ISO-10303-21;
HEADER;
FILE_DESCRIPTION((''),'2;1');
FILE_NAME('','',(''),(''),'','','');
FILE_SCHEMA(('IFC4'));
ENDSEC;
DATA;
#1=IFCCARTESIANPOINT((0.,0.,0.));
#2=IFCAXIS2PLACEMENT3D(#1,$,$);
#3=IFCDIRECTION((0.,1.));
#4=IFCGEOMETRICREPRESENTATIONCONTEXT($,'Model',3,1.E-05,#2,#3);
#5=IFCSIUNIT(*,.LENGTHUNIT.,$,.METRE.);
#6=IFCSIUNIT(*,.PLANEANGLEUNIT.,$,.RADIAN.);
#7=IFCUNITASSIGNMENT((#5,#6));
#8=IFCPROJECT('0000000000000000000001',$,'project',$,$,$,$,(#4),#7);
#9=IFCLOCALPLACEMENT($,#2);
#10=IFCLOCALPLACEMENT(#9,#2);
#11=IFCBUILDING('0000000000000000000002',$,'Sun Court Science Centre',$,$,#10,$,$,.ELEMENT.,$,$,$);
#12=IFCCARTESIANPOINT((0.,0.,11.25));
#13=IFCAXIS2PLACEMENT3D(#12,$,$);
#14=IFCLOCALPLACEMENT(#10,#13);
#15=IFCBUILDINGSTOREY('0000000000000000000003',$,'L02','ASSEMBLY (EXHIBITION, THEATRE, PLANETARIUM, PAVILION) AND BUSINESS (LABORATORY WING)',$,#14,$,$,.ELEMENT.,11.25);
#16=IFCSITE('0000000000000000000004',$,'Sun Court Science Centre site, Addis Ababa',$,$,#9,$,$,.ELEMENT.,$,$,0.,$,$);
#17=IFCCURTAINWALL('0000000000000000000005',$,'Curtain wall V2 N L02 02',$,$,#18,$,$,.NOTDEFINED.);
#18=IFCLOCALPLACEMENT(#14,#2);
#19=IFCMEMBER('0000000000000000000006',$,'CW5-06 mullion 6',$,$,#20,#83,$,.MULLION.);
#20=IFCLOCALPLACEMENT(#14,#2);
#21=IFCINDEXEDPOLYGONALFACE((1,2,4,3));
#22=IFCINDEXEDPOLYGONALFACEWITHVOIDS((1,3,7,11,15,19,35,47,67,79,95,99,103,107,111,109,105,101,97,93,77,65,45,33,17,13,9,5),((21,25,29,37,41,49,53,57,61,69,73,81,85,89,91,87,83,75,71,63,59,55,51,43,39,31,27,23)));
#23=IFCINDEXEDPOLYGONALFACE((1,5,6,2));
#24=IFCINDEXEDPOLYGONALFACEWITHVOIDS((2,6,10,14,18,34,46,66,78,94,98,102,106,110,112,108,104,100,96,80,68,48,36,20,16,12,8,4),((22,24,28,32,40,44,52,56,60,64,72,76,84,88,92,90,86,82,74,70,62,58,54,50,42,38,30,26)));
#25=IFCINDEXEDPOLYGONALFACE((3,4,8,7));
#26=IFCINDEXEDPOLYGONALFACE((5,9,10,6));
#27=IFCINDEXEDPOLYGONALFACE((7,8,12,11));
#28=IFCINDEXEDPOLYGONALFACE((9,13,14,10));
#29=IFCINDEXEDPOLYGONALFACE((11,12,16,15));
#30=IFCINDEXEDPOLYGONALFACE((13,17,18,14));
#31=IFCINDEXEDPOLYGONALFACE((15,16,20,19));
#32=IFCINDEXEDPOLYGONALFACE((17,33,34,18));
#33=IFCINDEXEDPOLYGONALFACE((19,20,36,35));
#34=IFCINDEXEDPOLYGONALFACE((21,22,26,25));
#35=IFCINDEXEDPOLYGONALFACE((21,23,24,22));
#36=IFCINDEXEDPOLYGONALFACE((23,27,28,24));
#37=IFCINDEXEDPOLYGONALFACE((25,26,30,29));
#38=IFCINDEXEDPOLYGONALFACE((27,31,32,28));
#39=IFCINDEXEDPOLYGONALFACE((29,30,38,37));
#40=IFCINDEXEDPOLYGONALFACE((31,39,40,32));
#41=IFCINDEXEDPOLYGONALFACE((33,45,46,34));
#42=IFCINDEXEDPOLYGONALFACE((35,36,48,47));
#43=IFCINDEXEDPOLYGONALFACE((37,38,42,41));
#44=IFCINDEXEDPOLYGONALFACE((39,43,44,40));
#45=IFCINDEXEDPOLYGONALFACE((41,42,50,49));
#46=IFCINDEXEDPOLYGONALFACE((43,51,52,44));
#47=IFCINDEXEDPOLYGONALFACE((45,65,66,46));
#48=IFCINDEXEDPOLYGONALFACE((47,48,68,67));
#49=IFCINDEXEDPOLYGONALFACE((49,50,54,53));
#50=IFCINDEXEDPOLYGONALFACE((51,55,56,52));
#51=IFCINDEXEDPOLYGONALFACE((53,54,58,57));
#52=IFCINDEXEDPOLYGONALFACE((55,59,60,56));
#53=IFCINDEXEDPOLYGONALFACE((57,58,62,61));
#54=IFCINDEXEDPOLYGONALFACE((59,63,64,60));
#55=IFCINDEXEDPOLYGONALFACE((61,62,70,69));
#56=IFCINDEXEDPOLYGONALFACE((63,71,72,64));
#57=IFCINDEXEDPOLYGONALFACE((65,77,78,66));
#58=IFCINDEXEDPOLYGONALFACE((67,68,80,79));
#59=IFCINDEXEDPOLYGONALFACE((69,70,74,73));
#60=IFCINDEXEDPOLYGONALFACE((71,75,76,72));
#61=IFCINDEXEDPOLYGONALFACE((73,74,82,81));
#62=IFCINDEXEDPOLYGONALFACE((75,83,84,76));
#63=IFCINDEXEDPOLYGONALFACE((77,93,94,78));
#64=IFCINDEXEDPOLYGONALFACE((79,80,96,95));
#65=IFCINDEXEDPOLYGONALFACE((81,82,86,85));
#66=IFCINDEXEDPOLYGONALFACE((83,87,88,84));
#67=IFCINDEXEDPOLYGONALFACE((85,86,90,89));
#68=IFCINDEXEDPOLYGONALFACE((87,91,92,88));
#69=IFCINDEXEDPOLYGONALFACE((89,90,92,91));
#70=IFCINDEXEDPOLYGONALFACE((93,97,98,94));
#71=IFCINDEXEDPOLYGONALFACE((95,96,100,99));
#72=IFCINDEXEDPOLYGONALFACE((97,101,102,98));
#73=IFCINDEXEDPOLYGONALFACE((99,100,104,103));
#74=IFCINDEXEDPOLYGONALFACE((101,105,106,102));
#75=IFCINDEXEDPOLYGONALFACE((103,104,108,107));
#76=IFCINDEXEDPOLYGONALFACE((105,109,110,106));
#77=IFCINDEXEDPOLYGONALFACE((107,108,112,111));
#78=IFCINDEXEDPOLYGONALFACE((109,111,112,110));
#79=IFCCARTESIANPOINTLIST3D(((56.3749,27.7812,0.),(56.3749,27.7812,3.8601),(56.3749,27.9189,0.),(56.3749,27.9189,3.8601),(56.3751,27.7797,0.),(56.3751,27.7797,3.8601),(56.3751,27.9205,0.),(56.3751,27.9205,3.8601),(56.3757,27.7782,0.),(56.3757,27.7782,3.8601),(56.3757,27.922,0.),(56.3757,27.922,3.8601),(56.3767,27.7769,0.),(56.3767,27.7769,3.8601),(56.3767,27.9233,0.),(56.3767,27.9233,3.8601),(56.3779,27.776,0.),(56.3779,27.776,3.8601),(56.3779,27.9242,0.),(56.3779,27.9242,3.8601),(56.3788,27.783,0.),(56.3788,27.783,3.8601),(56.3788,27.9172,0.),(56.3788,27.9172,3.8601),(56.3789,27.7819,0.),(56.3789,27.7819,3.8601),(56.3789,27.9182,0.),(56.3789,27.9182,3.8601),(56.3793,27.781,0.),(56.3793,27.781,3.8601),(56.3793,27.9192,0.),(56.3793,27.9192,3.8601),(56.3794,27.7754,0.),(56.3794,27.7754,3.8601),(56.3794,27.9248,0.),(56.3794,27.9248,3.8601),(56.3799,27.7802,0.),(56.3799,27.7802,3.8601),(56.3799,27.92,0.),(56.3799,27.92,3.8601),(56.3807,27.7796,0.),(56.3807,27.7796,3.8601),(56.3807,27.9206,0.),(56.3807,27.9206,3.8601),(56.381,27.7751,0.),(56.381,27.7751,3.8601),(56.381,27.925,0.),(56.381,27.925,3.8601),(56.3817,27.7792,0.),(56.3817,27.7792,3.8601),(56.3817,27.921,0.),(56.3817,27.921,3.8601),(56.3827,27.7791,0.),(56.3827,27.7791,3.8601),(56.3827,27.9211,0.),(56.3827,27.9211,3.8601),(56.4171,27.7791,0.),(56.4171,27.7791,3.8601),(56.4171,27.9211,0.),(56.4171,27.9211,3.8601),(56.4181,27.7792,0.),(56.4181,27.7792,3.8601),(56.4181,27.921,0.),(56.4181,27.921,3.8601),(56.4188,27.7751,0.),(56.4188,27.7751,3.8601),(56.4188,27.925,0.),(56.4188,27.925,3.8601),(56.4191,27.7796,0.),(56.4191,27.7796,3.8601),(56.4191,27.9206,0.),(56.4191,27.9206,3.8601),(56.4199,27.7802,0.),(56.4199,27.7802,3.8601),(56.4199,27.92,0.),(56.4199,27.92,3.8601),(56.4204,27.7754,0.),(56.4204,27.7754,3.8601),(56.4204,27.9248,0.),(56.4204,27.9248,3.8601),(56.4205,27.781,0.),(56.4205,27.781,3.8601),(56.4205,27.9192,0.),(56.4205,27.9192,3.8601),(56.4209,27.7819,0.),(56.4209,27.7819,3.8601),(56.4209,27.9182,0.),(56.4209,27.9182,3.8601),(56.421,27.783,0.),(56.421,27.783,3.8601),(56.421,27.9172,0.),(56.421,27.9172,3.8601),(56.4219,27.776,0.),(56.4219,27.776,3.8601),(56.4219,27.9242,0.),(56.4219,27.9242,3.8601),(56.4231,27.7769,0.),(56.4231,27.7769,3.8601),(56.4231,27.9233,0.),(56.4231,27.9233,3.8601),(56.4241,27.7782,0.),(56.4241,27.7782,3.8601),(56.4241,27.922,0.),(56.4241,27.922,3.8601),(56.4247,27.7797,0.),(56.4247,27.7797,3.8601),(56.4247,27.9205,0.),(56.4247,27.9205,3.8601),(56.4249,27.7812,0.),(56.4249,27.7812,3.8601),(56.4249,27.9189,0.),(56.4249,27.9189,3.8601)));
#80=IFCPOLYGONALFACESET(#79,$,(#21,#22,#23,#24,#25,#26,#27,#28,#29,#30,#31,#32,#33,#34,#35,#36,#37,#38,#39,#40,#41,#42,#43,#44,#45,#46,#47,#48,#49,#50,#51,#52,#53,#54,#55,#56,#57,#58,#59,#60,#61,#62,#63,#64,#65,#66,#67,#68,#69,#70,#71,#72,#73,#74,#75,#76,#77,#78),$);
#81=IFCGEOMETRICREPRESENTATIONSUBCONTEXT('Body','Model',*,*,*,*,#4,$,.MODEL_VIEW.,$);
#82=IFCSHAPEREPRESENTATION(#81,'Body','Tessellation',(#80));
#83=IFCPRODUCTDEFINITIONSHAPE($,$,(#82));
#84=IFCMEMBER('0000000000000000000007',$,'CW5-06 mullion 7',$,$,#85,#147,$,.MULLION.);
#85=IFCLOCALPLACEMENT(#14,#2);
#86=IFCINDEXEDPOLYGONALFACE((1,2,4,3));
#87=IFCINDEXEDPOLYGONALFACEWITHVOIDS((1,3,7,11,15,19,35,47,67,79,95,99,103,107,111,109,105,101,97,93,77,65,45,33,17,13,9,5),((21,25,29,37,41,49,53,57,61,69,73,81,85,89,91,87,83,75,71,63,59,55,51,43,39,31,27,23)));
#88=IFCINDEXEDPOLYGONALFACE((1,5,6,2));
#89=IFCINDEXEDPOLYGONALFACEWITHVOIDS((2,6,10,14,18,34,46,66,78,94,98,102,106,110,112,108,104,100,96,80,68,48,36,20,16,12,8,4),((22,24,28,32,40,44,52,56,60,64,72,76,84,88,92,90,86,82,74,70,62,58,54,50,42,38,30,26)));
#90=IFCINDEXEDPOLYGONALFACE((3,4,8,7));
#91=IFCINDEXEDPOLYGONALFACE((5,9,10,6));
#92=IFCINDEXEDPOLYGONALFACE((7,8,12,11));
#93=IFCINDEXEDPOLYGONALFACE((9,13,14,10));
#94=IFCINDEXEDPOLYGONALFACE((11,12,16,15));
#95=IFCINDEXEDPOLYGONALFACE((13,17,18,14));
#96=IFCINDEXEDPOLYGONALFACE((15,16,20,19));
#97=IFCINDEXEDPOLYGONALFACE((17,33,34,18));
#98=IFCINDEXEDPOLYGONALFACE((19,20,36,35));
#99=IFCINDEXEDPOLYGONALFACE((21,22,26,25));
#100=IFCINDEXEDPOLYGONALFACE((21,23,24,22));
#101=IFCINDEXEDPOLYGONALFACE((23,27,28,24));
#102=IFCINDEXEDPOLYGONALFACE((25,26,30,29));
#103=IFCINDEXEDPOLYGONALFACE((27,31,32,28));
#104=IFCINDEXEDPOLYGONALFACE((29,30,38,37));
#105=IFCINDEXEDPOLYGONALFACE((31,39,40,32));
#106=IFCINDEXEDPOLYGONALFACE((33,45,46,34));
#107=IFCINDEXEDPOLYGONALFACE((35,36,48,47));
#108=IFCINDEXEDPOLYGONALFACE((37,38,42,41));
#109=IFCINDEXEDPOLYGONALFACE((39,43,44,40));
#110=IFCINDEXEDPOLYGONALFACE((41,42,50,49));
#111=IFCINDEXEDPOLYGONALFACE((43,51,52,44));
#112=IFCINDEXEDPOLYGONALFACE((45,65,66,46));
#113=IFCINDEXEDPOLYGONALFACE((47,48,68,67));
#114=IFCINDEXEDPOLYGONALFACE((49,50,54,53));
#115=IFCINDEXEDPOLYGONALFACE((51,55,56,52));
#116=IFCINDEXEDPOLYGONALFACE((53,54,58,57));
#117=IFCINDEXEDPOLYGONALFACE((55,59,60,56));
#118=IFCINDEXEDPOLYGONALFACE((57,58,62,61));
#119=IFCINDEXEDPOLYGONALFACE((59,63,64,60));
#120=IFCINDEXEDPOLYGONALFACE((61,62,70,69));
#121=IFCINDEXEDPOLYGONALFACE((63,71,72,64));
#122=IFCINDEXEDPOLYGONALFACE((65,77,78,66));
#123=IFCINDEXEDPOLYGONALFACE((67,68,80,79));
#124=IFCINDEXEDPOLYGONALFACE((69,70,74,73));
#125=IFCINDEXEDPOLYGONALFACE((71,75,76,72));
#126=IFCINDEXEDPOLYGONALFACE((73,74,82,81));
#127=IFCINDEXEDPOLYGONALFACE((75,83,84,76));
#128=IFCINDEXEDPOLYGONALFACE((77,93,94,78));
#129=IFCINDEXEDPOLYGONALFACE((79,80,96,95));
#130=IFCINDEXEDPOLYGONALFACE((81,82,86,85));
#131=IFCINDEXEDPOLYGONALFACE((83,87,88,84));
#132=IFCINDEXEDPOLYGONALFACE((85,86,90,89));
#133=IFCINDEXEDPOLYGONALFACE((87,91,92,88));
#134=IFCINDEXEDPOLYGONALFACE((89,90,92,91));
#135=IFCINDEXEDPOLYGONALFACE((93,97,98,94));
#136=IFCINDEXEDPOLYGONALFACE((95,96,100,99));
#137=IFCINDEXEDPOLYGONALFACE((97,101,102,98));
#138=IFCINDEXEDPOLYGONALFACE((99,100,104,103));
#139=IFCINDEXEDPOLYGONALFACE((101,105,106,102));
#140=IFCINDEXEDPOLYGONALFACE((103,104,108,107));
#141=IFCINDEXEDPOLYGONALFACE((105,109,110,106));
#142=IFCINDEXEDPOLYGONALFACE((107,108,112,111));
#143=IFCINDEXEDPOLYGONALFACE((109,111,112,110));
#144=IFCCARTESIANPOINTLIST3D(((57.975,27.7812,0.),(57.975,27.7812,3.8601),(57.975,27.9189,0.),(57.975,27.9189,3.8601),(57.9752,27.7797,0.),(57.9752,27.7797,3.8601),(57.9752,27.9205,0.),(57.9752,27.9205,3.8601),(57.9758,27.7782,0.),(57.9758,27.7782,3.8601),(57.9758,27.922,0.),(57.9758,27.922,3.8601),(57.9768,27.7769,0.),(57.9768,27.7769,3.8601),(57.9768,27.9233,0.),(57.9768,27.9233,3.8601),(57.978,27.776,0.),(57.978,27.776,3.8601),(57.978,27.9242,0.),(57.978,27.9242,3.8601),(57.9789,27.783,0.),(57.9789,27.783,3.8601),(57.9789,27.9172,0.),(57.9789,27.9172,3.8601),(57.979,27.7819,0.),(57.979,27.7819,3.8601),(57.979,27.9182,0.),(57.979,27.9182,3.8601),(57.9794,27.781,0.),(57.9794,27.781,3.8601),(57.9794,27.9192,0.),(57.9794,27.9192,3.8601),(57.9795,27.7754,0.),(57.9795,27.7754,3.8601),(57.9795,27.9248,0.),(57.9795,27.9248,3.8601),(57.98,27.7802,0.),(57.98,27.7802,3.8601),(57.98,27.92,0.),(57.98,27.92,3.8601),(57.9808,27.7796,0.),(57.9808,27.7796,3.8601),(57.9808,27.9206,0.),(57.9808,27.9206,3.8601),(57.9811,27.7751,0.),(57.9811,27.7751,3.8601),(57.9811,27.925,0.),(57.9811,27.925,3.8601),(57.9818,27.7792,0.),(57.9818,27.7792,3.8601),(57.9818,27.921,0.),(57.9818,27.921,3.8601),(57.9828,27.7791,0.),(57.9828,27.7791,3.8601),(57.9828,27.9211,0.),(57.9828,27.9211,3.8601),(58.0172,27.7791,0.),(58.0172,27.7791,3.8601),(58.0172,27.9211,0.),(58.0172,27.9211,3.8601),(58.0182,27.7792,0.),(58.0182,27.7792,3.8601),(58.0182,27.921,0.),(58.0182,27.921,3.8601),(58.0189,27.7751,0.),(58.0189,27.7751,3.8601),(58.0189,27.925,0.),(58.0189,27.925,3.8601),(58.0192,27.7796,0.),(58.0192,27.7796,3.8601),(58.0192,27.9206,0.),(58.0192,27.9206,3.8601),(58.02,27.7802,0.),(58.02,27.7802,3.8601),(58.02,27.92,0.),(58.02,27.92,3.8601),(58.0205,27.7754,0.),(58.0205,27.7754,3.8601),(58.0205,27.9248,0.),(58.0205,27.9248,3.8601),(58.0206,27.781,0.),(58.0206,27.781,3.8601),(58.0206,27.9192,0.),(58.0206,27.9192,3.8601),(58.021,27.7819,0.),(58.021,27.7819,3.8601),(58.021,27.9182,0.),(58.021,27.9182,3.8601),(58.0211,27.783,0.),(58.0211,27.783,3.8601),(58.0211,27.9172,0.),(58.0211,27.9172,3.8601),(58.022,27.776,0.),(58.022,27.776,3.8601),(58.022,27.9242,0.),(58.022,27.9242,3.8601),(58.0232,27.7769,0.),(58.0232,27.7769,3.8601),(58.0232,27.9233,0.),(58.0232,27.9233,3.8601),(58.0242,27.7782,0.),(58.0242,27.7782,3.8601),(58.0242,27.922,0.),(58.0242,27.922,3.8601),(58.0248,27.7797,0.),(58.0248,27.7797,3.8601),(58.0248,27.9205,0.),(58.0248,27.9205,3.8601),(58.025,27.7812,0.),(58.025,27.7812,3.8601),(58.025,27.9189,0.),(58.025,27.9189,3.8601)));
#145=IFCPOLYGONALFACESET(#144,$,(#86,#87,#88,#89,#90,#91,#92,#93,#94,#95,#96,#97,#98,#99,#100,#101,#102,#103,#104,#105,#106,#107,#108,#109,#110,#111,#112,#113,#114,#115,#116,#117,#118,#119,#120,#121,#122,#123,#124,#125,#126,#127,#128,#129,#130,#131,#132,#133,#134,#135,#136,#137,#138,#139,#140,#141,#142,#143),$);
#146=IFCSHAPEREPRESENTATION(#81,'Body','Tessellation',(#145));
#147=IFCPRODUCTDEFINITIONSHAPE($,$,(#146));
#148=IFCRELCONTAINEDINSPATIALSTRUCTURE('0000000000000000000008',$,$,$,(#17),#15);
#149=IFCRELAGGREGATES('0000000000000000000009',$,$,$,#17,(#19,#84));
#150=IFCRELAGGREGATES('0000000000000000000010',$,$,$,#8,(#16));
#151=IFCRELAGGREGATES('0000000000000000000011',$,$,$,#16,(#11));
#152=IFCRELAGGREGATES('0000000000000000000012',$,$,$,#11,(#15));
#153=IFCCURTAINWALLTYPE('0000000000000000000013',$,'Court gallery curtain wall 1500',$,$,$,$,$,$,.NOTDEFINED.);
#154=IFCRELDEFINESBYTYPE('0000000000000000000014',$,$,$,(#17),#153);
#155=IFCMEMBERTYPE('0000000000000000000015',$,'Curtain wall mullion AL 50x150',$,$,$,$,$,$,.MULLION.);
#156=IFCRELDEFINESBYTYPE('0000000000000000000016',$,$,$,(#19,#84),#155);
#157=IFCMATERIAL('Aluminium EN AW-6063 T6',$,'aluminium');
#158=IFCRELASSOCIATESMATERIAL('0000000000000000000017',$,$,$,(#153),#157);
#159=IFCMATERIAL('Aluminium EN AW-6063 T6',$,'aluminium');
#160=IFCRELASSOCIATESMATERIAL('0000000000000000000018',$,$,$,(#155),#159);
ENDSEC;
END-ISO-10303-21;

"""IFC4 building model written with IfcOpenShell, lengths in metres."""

from ifc_helpers import new_model, si_unit, direction, frame, origin, origin_2d, place, context, subcontext, project, spatial, hollow_rectangle, extrude, material, material_profile, profile_set, type_object, element, aggregate, save


model = new_model("IFC4")

# Units and contexts
model_context = context("Model", 3, precision=1e-05, world=origin(), true_north=direction((0.0, 1.0)))
body_context = subcontext(model_context, "Body", "Model", "MODEL_VIEW")
ifc_project = project(units=[si_unit("LENGTHUNIT", "METRE"), si_unit("PLANEANGLEUNIT", "RADIAN")], contexts=[model_context])

# Site, building, storey
site_placement = place(None, origin())
site = spatial("IfcSite", under=ifc_project, at=site_placement, Name="Sun Court Science Centre site, Addis Ababa", CompositionType="ELEMENT", RefElevation=0.0)
building_placement = place(site_placement, origin())
building = spatial("IfcBuilding", under=site, at=building_placement, Name="Sun Court Science Centre", CompositionType="ELEMENT")
storey_placement = place(building_placement, frame((0.0, 0.0, 11.25)))
storey = spatial("IfcBuildingStorey", under=building, at=storey_placement, Name="L02", Description="ASSEMBLY (EXHIBITION, THEATRE, PLANETARIUM, PAVILION) AND BUSINESS (LABORATORY WING)", CompositionType="ELEMENT", Elevation=11.25)

# Curtain wall, members
ifc_material_1 = material(Name="Aluminium EN AW-6063 T6", Category="aluminium")
curtain_wall_type_1 = type_object("IfcCurtainWallType", Name="Court gallery curtain wall 1500", PredefinedType="NOTDEFINED", material=ifc_material_1)
curtain_wall_1_placement = place(storey_placement, origin())
curtain_wall_1 = element("IfcCurtainWall", 1, at=curtain_wall_1_placement, inside=storey, type_object=curtain_wall_type_1, Name="Curtain wall V2 N L02 02", PredefinedType="NOTDEFINED")
ifc_material_2 = material(Name="Aluminium EN AW-6063 T6", Category="aluminium")
ifc_material_profile_1 = material_profile(ifc_material_2, hollow_rectangle(XDim=0.05, YDim=0.1499, WallThickness=0.0039, InnerFilletRadius=0.0039, OuterFilletRadius=0.0061, at=origin_2d()), Name="AL 50x150x4")
ifc_profile_set_1 = profile_set([ifc_material_profile_1], Name="Aluminium EN AW-6063 T6")
member_type_1 = type_object("IfcMemberType", Name="Curtain wall mullion AL 50x150", PredefinedType="MULLION", material=ifc_profile_set_1)
member_1_placement = place(storey_placement, frame((56.3999, 27.8501, 0.0), z_axis=(0.0, 0.0, 1.0), x_axis=(1.0, 0.0, 0.0)))
member_1 = element("IfcMember", 2, at=member_1_placement, type_object=member_type_1, Name="CW5-06 mullion 6", PredefinedType="MULLION", context=body_context, shape_type="SweptSolid", body=[
    extrude(hollow_rectangle(XDim=0.05, YDim=0.1499, WallThickness=0.0039, InnerFilletRadius=0.0039, OuterFilletRadius=0.0061, at=origin_2d()), origin(), (0.0, 0.0, 1.0), 3.8601),
])
member_2_placement = place(storey_placement, frame((58.0, 27.8501, 0.0), z_axis=(0.0, 0.0, 1.0), x_axis=(1.0, 0.0, 0.0)))
member_2 = element("IfcMember", 3, at=member_2_placement, type_object=member_type_1, Name="CW5-06 mullion 7", PredefinedType="MULLION", context=body_context, shape_type="SweptSolid", body=[
    extrude(hollow_rectangle(XDim=0.05, YDim=0.1499, WallThickness=0.0039, InnerFilletRadius=0.0039, OuterFilletRadius=0.0061, at=origin_2d()), origin(), (0.0, 0.0, 1.0), 3.8601),
])

aggregate(curtain_wall_1, [member_1, member_2])

save(model, "model.ifc")
